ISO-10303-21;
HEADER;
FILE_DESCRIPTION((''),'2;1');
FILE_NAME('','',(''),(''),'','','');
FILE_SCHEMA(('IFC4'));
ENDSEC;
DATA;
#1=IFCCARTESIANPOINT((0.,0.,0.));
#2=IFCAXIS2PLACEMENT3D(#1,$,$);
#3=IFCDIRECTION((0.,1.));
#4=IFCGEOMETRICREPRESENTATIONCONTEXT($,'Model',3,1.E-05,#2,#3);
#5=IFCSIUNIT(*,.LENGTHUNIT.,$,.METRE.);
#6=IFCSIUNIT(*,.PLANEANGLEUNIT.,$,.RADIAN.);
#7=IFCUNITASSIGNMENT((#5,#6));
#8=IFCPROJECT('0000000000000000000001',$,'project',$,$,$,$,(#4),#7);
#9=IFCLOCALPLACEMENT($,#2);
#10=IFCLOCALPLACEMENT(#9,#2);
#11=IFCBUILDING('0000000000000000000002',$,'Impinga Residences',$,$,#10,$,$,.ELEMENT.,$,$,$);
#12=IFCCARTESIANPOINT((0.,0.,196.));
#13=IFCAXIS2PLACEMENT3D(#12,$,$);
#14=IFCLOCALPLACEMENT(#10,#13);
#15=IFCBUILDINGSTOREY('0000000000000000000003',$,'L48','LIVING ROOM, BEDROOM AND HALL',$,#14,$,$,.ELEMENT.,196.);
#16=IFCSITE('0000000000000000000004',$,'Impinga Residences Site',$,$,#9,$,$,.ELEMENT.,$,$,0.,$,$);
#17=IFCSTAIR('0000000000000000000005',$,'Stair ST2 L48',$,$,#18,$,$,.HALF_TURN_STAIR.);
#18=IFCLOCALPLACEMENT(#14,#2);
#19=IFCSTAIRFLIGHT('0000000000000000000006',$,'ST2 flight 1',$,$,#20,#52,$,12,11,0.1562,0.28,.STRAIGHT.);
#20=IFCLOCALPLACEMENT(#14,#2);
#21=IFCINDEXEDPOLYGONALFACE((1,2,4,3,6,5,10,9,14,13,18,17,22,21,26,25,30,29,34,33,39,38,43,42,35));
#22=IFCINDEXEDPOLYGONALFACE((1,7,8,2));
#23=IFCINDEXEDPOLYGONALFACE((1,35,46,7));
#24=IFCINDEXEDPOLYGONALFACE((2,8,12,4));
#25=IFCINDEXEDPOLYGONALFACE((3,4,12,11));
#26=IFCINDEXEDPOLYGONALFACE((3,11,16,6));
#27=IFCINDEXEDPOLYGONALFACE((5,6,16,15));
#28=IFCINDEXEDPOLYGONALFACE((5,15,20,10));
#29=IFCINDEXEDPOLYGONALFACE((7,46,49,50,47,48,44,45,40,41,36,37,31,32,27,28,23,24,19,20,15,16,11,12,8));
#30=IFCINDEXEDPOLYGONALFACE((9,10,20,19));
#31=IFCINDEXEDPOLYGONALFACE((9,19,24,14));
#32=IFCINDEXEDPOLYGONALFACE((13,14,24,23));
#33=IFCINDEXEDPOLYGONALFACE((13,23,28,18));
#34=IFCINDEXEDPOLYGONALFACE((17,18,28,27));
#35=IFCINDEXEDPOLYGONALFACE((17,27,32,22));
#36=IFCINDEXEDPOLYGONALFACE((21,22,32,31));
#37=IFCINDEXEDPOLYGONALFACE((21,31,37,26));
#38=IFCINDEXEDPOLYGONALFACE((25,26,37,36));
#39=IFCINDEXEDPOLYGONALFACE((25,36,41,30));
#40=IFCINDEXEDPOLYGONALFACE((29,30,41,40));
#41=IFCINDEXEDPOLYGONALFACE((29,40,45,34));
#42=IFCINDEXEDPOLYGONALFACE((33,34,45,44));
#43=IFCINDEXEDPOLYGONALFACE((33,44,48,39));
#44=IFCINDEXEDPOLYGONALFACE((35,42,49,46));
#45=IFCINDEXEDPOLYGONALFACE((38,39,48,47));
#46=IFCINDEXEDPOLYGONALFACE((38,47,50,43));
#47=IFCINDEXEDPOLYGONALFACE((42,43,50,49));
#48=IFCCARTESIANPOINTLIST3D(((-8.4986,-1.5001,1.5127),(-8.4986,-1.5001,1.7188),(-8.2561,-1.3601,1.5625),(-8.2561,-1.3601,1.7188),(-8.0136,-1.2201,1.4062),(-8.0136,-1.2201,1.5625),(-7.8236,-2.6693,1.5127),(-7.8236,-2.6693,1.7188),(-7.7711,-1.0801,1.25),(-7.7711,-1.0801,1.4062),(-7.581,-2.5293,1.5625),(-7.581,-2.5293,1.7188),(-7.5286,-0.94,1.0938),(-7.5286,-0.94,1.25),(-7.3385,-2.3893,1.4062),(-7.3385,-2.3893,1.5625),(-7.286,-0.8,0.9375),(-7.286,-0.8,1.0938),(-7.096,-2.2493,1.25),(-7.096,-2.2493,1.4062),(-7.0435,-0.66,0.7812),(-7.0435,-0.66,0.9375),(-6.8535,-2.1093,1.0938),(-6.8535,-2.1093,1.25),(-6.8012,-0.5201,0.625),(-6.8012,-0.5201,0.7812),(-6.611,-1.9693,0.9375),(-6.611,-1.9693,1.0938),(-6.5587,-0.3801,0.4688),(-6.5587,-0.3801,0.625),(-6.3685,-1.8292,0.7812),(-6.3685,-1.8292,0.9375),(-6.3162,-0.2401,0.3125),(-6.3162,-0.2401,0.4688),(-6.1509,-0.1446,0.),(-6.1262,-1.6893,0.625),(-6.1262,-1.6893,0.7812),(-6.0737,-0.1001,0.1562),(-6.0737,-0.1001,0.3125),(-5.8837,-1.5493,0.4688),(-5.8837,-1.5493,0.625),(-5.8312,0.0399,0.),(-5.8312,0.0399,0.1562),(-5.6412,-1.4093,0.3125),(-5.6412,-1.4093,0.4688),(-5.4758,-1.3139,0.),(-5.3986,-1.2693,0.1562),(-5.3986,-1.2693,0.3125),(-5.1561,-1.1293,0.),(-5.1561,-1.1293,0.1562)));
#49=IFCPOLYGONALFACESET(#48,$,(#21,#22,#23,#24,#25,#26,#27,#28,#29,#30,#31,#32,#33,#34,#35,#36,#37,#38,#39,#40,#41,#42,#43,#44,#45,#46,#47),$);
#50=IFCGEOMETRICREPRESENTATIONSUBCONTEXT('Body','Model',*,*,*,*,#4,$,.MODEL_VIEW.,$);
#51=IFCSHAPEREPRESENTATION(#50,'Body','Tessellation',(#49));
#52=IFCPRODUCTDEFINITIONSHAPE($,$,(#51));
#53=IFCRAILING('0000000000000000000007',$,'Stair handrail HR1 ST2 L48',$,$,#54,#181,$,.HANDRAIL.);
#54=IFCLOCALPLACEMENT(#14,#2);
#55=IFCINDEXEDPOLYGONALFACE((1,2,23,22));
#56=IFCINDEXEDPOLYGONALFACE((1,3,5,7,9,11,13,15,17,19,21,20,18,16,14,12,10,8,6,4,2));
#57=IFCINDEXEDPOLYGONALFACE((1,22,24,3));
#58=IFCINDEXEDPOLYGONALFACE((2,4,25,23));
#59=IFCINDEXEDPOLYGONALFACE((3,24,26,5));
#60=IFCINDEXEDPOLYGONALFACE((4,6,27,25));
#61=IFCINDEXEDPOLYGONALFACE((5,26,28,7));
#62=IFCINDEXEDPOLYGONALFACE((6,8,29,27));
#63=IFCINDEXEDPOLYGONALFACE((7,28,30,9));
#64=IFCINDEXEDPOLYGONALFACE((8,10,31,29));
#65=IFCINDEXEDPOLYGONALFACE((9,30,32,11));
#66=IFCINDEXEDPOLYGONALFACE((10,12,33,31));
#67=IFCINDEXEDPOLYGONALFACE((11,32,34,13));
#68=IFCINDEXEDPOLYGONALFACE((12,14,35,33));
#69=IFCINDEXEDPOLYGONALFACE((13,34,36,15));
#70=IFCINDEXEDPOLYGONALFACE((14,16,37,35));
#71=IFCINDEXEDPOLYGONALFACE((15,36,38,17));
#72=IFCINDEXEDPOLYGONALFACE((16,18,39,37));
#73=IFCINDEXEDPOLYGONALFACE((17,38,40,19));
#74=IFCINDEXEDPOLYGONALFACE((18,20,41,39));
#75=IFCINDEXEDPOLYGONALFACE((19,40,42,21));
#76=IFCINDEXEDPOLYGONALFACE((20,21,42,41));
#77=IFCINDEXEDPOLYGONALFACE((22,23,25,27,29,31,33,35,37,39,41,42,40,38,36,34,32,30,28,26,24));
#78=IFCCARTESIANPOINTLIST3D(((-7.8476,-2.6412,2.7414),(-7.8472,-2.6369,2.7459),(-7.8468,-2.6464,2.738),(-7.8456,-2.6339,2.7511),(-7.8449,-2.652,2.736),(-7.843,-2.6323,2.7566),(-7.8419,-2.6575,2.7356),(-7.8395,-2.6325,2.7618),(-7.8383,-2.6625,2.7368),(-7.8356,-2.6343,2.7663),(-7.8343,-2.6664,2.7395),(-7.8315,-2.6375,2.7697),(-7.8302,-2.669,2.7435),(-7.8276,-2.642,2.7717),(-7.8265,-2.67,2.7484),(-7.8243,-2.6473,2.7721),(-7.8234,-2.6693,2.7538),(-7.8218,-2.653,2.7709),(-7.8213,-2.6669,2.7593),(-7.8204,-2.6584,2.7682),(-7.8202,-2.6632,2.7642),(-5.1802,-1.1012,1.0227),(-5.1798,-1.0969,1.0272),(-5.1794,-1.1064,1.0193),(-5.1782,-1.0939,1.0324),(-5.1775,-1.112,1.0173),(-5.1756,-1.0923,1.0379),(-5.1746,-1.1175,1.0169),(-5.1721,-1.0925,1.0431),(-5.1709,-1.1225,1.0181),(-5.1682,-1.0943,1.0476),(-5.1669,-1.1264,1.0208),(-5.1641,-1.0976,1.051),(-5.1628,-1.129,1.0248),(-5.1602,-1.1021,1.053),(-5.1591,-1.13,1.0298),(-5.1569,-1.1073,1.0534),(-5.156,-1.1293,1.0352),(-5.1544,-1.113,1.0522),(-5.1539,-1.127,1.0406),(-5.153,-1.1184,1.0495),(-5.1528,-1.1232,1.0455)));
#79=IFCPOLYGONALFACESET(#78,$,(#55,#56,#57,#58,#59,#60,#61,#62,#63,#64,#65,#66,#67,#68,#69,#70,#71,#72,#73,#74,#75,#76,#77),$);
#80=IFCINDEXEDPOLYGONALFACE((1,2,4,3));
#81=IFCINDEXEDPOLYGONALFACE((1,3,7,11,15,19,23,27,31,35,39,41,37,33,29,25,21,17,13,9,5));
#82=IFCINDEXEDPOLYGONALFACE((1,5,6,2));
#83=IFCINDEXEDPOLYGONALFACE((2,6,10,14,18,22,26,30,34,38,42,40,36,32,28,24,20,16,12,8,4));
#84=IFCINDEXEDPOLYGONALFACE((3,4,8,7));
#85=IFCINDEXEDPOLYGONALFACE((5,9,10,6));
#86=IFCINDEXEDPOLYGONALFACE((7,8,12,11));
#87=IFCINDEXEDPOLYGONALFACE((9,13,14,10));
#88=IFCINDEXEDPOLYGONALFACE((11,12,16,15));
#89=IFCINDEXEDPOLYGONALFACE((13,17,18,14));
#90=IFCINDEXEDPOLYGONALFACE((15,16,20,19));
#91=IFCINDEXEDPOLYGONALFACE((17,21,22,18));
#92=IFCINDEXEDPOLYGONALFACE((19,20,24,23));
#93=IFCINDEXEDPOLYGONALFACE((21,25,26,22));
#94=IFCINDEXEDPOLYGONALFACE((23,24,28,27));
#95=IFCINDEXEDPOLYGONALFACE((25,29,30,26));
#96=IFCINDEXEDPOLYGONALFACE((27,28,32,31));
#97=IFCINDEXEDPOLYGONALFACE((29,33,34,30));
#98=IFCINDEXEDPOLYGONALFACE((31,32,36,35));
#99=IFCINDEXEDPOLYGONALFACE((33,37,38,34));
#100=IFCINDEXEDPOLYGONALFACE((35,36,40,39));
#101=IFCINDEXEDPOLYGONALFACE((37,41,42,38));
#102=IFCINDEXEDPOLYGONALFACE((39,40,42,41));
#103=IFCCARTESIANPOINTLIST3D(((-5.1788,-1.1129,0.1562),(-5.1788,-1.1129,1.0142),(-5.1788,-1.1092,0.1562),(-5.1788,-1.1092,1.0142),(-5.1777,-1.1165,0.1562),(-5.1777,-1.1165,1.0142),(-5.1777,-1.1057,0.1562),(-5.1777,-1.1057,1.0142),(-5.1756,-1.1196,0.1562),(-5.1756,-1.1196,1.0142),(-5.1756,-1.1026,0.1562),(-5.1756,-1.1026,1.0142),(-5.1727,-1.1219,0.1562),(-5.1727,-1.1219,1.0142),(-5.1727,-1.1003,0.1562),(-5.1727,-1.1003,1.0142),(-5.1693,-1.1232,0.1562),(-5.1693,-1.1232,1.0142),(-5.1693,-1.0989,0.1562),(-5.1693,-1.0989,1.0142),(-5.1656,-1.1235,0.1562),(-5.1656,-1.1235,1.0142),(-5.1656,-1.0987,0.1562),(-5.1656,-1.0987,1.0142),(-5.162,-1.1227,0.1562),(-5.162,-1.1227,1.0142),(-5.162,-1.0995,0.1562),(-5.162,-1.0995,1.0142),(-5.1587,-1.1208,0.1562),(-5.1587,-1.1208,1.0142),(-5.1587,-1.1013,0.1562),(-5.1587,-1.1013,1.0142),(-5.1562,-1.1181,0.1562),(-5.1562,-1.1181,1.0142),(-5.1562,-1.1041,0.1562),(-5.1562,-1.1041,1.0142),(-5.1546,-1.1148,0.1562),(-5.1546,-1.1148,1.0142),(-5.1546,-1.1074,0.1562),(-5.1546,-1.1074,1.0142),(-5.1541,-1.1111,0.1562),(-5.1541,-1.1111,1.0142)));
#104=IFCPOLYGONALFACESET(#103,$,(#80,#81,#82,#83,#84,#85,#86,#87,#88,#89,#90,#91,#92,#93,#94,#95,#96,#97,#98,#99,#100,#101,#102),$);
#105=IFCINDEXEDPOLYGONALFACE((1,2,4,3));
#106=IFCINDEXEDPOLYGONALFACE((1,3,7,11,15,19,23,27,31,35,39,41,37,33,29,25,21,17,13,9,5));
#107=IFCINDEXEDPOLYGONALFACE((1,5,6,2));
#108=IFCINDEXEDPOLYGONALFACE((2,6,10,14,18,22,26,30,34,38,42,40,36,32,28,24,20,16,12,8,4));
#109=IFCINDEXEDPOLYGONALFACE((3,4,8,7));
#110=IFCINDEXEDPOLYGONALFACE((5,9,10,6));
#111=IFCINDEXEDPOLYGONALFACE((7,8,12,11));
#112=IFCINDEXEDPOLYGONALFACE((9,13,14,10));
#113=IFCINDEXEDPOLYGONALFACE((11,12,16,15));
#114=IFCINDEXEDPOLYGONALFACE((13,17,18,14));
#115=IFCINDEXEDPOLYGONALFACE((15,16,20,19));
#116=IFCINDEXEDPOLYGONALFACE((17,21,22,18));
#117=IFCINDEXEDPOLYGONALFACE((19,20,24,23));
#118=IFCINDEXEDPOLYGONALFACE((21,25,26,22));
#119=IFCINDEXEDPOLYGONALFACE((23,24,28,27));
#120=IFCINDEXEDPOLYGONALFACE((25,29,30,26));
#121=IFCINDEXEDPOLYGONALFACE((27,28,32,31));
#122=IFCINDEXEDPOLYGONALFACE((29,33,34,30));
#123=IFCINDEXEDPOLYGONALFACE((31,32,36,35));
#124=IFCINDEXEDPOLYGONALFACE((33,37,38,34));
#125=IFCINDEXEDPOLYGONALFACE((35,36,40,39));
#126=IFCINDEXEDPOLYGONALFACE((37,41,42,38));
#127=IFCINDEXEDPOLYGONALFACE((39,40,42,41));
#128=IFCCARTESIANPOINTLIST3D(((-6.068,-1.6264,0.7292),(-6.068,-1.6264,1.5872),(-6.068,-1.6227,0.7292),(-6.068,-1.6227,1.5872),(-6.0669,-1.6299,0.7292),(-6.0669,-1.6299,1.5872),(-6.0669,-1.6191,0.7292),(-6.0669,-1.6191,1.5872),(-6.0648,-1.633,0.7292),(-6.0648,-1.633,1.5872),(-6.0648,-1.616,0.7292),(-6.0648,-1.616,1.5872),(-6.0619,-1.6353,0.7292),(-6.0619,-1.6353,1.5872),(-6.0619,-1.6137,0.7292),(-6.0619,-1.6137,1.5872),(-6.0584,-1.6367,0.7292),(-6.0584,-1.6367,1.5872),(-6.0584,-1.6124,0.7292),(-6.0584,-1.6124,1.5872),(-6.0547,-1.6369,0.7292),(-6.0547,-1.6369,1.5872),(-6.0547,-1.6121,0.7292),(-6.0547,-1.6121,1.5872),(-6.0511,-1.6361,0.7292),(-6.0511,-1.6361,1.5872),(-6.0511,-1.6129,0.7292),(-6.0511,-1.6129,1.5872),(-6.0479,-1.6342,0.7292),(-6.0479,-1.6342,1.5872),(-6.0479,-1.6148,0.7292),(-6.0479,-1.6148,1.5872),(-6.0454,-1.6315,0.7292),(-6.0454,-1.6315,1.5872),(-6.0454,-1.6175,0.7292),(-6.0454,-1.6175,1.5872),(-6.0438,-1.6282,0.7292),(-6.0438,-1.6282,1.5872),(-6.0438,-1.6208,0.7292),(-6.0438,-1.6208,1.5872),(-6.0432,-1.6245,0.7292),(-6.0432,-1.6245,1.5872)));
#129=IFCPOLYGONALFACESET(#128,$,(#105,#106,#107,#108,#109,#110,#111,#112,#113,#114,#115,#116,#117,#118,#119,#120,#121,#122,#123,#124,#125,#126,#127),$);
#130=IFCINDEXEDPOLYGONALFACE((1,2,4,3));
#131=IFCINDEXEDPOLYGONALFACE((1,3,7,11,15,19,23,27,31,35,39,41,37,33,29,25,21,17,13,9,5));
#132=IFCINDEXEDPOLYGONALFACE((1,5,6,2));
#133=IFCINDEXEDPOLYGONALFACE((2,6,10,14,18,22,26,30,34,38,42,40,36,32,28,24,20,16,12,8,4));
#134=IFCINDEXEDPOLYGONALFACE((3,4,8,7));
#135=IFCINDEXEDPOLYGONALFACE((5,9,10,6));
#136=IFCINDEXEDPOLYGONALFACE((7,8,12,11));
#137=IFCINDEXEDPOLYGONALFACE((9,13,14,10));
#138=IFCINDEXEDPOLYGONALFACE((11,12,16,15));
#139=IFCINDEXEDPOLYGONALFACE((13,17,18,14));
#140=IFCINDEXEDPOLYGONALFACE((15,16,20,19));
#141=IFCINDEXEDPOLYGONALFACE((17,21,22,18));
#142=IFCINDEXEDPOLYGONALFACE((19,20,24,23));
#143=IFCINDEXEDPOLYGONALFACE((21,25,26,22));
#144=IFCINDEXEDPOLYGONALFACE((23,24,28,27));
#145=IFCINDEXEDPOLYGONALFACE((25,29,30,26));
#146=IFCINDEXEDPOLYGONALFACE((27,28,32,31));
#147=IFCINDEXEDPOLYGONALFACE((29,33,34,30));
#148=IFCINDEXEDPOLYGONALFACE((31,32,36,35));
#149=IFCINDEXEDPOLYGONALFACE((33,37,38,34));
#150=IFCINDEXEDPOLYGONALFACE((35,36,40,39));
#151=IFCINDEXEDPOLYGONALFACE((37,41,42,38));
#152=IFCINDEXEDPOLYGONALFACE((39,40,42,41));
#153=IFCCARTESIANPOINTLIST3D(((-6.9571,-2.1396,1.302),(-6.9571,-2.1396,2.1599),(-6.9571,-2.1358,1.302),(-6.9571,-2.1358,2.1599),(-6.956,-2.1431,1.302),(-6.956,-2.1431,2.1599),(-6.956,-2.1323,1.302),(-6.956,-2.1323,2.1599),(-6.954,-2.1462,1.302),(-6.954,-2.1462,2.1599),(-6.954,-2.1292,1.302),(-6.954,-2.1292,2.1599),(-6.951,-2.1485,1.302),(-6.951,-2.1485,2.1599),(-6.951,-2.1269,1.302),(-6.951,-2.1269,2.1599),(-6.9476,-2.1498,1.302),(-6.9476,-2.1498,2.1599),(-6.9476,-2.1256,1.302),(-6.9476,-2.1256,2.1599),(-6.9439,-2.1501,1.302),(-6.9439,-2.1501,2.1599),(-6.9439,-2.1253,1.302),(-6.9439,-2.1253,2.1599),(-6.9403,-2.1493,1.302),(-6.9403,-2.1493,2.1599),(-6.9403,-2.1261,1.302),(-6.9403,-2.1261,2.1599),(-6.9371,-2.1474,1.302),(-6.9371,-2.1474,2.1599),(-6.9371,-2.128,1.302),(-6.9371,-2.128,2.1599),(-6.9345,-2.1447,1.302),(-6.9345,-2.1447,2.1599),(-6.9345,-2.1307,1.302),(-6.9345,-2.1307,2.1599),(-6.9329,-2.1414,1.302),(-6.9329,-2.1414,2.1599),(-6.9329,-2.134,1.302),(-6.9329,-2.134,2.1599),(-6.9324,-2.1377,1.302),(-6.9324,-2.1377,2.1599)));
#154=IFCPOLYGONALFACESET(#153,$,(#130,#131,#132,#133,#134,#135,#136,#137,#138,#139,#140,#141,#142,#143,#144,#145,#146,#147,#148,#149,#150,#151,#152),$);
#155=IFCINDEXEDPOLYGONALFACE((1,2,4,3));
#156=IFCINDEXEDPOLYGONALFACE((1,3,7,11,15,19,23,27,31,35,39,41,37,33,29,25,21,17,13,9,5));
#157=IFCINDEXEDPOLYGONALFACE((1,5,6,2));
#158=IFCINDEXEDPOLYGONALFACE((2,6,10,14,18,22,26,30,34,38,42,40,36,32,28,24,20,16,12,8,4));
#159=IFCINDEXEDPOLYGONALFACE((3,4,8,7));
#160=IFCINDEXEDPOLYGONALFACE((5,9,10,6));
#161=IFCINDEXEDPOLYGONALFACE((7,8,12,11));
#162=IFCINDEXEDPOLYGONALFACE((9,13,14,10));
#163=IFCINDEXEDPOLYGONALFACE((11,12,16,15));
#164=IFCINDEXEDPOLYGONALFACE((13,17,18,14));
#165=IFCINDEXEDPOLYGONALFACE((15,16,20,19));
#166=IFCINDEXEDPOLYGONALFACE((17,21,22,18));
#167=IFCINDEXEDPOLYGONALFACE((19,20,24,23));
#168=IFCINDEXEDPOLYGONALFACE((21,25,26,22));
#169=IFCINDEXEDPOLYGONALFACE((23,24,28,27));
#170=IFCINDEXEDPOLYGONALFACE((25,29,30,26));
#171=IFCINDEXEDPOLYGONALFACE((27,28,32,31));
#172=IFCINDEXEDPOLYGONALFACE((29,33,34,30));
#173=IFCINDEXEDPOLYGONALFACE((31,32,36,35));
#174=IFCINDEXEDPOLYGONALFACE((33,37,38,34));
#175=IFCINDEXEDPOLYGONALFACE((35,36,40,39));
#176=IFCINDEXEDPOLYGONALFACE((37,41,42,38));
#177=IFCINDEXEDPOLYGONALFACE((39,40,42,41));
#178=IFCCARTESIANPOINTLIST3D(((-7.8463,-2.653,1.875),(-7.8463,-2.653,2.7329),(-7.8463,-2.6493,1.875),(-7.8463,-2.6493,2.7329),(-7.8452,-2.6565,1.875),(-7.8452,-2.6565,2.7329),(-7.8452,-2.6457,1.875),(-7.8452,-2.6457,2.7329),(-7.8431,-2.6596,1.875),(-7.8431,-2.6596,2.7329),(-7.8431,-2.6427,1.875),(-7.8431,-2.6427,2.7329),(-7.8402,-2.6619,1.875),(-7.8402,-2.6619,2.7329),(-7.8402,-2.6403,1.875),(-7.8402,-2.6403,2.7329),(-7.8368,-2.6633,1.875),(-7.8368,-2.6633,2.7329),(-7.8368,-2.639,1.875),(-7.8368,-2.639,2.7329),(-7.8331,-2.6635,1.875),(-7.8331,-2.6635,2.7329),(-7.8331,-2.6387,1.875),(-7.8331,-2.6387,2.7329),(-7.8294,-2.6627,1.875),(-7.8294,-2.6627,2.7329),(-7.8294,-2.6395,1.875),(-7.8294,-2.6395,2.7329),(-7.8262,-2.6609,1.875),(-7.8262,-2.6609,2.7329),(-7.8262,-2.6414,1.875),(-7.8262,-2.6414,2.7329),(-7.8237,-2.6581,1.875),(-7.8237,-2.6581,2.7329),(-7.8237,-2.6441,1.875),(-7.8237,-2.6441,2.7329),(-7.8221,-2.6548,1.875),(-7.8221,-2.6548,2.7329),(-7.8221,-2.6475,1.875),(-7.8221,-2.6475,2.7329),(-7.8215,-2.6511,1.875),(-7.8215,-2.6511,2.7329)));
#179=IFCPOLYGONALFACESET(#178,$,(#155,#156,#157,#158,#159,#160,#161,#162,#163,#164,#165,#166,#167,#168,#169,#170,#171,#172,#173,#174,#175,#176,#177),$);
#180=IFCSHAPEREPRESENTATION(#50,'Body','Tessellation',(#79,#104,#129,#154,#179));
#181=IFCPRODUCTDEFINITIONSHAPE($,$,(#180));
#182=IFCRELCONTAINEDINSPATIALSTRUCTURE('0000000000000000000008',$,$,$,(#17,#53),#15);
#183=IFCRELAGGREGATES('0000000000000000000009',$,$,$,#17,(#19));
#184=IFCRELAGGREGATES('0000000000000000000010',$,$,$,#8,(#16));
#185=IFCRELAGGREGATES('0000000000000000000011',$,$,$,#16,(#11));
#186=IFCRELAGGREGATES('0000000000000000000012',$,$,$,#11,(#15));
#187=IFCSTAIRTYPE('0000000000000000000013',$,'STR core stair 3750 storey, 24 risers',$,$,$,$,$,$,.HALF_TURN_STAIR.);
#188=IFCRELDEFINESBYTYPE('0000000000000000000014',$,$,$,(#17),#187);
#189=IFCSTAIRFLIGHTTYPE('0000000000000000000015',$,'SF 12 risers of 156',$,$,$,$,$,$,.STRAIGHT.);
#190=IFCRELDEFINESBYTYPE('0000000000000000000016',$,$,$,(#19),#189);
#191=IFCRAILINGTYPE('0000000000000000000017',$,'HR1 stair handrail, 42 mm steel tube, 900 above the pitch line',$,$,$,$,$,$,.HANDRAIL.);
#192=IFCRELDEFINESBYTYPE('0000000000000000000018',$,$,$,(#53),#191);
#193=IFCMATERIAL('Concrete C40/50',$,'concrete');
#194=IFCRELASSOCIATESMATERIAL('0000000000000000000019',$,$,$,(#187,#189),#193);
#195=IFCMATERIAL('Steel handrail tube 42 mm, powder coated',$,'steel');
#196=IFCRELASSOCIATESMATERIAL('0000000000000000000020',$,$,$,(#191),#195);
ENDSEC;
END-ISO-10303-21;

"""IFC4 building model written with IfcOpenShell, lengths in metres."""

from ifc_helpers import new_model, si_unit, direction, frame, origin, origin_2d, place, context, subcontext, project, spatial, polyline, circle, outline, extrude, material, type_object, element, aggregate, save


model = new_model("IFC4")

# Units and contexts
model_context = context("Model", 3, precision=1e-05, world=origin(), true_north=direction((0.0, 1.0)))
body_context = subcontext(model_context, "Body", "Model", "MODEL_VIEW")
ifc_project = project(units=[si_unit("LENGTHUNIT", "METRE"), si_unit("PLANEANGLEUNIT", "RADIAN")], contexts=[model_context])

# Site, building, storey
site_placement = place(None, origin())
site = spatial("IfcSite", under=ifc_project, at=site_placement, Name="Impinga Residences Site", CompositionType="ELEMENT", RefElevation=0.0)
building_placement = place(site_placement, origin())
building = spatial("IfcBuilding", under=site, at=building_placement, Name="Impinga Residences", CompositionType="ELEMENT")
storey_placement = place(building_placement, frame((0.0, 0.0, 196.0)))
storey = spatial("IfcBuildingStorey", under=building, at=storey_placement, Name="L48", Description="LIVING ROOM, BEDROOM AND HALL", CompositionType="ELEMENT", Elevation=196.0)

# Stair
ifc_material_1 = material(Name="Concrete C40/50", Category="concrete")
stair_type_1 = type_object("IfcStairType", Name="STR core stair 3750 storey, 24 risers", PredefinedType="HALF_TURN_STAIR", material=ifc_material_1)
stair_1_placement = place(storey_placement, origin())
stair_1 = element("IfcStair", 1, at=stair_1_placement, inside=storey, type_object=stair_type_1, Name="Stair ST2 L48", PredefinedType="HALF_TURN_STAIR")

# Stair flight
stair_flight_type = type_object("IfcStairFlightType", Name="SF 12 risers of 156", PredefinedType="STRAIGHT", material=ifc_material_1)
stair_flight_placement = place(storey_placement, frame((-5.4937, -0.5447, 0.0), z_axis=(0.0, 0.0, 1.0), x_axis=(-0.866025, -0.5, 0.0)))
stair_flight = element("IfcStairFlight", 2, at=stair_flight_placement, type_object=stair_flight_type, Name="ST2 flight 1", NumberOfRisers=12, NumberOfTreads=11, PredefinedType="STRAIGHT", RiserHeight=0.1562, TreadLength=0.28, context=body_context, shape_type="SweptSolid", body=[
    extrude(outline(polyline([(0.0, 0.0), (0.0, 0.1562), (0.28, 0.1562), (0.28, 0.3125), (0.5601, 0.3125), (0.5601, 0.4688), (0.8401, 0.4688), (0.8401, 0.625), (1.1201, 0.625), (1.1201, 0.7812), (1.3999, 0.7812), (1.3999, 0.9375), (1.6799, 0.9375), (1.6799, 1.0938), (1.96, 1.0938), (1.96, 1.25), (2.24, 1.25), (2.24, 1.4062), (2.52, 1.4062), (2.52, 1.5625), (2.8, 1.5625), (2.8, 1.7188), (3.0801, 1.7188), (3.0801, 1.875), (3.0801, 1.5127), (0.3691, 0.0), (0.0, 0.0)])), frame((0.0, 0.675, 0.0), z_axis=(0.0, -1.0, 0.0), x_axis=(1.0, 0.0, 0.0)), (0.0, 0.0, 1.0), 1.3501),
])
aggregate(stair_1, [stair_flight])

# Railing
ifc_material_2 = material(Name="Steel handrail tube 42 mm, powder coated", Category="steel")
railing_type = type_object("IfcRailingType", Name="HR1 stair handrail, 42 mm steel tube, 900 above the pitch line", PredefinedType="HANDRAIL", material=ifc_material_2)
railing_placement = place(storey_placement, frame((-5.1665, -1.1111, 0.1562)))
element("IfcRailing", 3, at=railing_placement, inside=storey, type_object=railing_type, Name="Stair handrail HR1 ST2 L48", PredefinedType="HANDRAIL", context=body_context, shape_type="SweptSolid", body=[
    extrude(circle(Radius=0.021, at=origin_2d()), frame((0.0, 0.0, 0.8789), z_axis=(-0.756256, -0.436616, 0.487282), x_axis=(0.499992, -0.86603, 0.0)), (0.0, 0.0, 1.0), 3.5271),
    extrude(circle(Radius=0.0125, at=origin_2d()), origin(), (0.0, 0.0, 1.0), 0.8579),
    extrude(circle(Radius=0.0125, at=origin_2d()), frame((-0.8892, -0.5134, 0.573)), (0.0, 0.0, 1.0), 0.8579),
    extrude(circle(Radius=0.0125, at=origin_2d()), frame((-1.7783, -1.0266, 1.1458)), (0.0, 0.0, 1.0), 0.8579),
    extrude(circle(Radius=0.0125, at=origin_2d()), frame((-2.6675, -1.54, 1.7188)), (0.0, 0.0, 1.0), 0.8579),
])

save(model, "model.ifc")
